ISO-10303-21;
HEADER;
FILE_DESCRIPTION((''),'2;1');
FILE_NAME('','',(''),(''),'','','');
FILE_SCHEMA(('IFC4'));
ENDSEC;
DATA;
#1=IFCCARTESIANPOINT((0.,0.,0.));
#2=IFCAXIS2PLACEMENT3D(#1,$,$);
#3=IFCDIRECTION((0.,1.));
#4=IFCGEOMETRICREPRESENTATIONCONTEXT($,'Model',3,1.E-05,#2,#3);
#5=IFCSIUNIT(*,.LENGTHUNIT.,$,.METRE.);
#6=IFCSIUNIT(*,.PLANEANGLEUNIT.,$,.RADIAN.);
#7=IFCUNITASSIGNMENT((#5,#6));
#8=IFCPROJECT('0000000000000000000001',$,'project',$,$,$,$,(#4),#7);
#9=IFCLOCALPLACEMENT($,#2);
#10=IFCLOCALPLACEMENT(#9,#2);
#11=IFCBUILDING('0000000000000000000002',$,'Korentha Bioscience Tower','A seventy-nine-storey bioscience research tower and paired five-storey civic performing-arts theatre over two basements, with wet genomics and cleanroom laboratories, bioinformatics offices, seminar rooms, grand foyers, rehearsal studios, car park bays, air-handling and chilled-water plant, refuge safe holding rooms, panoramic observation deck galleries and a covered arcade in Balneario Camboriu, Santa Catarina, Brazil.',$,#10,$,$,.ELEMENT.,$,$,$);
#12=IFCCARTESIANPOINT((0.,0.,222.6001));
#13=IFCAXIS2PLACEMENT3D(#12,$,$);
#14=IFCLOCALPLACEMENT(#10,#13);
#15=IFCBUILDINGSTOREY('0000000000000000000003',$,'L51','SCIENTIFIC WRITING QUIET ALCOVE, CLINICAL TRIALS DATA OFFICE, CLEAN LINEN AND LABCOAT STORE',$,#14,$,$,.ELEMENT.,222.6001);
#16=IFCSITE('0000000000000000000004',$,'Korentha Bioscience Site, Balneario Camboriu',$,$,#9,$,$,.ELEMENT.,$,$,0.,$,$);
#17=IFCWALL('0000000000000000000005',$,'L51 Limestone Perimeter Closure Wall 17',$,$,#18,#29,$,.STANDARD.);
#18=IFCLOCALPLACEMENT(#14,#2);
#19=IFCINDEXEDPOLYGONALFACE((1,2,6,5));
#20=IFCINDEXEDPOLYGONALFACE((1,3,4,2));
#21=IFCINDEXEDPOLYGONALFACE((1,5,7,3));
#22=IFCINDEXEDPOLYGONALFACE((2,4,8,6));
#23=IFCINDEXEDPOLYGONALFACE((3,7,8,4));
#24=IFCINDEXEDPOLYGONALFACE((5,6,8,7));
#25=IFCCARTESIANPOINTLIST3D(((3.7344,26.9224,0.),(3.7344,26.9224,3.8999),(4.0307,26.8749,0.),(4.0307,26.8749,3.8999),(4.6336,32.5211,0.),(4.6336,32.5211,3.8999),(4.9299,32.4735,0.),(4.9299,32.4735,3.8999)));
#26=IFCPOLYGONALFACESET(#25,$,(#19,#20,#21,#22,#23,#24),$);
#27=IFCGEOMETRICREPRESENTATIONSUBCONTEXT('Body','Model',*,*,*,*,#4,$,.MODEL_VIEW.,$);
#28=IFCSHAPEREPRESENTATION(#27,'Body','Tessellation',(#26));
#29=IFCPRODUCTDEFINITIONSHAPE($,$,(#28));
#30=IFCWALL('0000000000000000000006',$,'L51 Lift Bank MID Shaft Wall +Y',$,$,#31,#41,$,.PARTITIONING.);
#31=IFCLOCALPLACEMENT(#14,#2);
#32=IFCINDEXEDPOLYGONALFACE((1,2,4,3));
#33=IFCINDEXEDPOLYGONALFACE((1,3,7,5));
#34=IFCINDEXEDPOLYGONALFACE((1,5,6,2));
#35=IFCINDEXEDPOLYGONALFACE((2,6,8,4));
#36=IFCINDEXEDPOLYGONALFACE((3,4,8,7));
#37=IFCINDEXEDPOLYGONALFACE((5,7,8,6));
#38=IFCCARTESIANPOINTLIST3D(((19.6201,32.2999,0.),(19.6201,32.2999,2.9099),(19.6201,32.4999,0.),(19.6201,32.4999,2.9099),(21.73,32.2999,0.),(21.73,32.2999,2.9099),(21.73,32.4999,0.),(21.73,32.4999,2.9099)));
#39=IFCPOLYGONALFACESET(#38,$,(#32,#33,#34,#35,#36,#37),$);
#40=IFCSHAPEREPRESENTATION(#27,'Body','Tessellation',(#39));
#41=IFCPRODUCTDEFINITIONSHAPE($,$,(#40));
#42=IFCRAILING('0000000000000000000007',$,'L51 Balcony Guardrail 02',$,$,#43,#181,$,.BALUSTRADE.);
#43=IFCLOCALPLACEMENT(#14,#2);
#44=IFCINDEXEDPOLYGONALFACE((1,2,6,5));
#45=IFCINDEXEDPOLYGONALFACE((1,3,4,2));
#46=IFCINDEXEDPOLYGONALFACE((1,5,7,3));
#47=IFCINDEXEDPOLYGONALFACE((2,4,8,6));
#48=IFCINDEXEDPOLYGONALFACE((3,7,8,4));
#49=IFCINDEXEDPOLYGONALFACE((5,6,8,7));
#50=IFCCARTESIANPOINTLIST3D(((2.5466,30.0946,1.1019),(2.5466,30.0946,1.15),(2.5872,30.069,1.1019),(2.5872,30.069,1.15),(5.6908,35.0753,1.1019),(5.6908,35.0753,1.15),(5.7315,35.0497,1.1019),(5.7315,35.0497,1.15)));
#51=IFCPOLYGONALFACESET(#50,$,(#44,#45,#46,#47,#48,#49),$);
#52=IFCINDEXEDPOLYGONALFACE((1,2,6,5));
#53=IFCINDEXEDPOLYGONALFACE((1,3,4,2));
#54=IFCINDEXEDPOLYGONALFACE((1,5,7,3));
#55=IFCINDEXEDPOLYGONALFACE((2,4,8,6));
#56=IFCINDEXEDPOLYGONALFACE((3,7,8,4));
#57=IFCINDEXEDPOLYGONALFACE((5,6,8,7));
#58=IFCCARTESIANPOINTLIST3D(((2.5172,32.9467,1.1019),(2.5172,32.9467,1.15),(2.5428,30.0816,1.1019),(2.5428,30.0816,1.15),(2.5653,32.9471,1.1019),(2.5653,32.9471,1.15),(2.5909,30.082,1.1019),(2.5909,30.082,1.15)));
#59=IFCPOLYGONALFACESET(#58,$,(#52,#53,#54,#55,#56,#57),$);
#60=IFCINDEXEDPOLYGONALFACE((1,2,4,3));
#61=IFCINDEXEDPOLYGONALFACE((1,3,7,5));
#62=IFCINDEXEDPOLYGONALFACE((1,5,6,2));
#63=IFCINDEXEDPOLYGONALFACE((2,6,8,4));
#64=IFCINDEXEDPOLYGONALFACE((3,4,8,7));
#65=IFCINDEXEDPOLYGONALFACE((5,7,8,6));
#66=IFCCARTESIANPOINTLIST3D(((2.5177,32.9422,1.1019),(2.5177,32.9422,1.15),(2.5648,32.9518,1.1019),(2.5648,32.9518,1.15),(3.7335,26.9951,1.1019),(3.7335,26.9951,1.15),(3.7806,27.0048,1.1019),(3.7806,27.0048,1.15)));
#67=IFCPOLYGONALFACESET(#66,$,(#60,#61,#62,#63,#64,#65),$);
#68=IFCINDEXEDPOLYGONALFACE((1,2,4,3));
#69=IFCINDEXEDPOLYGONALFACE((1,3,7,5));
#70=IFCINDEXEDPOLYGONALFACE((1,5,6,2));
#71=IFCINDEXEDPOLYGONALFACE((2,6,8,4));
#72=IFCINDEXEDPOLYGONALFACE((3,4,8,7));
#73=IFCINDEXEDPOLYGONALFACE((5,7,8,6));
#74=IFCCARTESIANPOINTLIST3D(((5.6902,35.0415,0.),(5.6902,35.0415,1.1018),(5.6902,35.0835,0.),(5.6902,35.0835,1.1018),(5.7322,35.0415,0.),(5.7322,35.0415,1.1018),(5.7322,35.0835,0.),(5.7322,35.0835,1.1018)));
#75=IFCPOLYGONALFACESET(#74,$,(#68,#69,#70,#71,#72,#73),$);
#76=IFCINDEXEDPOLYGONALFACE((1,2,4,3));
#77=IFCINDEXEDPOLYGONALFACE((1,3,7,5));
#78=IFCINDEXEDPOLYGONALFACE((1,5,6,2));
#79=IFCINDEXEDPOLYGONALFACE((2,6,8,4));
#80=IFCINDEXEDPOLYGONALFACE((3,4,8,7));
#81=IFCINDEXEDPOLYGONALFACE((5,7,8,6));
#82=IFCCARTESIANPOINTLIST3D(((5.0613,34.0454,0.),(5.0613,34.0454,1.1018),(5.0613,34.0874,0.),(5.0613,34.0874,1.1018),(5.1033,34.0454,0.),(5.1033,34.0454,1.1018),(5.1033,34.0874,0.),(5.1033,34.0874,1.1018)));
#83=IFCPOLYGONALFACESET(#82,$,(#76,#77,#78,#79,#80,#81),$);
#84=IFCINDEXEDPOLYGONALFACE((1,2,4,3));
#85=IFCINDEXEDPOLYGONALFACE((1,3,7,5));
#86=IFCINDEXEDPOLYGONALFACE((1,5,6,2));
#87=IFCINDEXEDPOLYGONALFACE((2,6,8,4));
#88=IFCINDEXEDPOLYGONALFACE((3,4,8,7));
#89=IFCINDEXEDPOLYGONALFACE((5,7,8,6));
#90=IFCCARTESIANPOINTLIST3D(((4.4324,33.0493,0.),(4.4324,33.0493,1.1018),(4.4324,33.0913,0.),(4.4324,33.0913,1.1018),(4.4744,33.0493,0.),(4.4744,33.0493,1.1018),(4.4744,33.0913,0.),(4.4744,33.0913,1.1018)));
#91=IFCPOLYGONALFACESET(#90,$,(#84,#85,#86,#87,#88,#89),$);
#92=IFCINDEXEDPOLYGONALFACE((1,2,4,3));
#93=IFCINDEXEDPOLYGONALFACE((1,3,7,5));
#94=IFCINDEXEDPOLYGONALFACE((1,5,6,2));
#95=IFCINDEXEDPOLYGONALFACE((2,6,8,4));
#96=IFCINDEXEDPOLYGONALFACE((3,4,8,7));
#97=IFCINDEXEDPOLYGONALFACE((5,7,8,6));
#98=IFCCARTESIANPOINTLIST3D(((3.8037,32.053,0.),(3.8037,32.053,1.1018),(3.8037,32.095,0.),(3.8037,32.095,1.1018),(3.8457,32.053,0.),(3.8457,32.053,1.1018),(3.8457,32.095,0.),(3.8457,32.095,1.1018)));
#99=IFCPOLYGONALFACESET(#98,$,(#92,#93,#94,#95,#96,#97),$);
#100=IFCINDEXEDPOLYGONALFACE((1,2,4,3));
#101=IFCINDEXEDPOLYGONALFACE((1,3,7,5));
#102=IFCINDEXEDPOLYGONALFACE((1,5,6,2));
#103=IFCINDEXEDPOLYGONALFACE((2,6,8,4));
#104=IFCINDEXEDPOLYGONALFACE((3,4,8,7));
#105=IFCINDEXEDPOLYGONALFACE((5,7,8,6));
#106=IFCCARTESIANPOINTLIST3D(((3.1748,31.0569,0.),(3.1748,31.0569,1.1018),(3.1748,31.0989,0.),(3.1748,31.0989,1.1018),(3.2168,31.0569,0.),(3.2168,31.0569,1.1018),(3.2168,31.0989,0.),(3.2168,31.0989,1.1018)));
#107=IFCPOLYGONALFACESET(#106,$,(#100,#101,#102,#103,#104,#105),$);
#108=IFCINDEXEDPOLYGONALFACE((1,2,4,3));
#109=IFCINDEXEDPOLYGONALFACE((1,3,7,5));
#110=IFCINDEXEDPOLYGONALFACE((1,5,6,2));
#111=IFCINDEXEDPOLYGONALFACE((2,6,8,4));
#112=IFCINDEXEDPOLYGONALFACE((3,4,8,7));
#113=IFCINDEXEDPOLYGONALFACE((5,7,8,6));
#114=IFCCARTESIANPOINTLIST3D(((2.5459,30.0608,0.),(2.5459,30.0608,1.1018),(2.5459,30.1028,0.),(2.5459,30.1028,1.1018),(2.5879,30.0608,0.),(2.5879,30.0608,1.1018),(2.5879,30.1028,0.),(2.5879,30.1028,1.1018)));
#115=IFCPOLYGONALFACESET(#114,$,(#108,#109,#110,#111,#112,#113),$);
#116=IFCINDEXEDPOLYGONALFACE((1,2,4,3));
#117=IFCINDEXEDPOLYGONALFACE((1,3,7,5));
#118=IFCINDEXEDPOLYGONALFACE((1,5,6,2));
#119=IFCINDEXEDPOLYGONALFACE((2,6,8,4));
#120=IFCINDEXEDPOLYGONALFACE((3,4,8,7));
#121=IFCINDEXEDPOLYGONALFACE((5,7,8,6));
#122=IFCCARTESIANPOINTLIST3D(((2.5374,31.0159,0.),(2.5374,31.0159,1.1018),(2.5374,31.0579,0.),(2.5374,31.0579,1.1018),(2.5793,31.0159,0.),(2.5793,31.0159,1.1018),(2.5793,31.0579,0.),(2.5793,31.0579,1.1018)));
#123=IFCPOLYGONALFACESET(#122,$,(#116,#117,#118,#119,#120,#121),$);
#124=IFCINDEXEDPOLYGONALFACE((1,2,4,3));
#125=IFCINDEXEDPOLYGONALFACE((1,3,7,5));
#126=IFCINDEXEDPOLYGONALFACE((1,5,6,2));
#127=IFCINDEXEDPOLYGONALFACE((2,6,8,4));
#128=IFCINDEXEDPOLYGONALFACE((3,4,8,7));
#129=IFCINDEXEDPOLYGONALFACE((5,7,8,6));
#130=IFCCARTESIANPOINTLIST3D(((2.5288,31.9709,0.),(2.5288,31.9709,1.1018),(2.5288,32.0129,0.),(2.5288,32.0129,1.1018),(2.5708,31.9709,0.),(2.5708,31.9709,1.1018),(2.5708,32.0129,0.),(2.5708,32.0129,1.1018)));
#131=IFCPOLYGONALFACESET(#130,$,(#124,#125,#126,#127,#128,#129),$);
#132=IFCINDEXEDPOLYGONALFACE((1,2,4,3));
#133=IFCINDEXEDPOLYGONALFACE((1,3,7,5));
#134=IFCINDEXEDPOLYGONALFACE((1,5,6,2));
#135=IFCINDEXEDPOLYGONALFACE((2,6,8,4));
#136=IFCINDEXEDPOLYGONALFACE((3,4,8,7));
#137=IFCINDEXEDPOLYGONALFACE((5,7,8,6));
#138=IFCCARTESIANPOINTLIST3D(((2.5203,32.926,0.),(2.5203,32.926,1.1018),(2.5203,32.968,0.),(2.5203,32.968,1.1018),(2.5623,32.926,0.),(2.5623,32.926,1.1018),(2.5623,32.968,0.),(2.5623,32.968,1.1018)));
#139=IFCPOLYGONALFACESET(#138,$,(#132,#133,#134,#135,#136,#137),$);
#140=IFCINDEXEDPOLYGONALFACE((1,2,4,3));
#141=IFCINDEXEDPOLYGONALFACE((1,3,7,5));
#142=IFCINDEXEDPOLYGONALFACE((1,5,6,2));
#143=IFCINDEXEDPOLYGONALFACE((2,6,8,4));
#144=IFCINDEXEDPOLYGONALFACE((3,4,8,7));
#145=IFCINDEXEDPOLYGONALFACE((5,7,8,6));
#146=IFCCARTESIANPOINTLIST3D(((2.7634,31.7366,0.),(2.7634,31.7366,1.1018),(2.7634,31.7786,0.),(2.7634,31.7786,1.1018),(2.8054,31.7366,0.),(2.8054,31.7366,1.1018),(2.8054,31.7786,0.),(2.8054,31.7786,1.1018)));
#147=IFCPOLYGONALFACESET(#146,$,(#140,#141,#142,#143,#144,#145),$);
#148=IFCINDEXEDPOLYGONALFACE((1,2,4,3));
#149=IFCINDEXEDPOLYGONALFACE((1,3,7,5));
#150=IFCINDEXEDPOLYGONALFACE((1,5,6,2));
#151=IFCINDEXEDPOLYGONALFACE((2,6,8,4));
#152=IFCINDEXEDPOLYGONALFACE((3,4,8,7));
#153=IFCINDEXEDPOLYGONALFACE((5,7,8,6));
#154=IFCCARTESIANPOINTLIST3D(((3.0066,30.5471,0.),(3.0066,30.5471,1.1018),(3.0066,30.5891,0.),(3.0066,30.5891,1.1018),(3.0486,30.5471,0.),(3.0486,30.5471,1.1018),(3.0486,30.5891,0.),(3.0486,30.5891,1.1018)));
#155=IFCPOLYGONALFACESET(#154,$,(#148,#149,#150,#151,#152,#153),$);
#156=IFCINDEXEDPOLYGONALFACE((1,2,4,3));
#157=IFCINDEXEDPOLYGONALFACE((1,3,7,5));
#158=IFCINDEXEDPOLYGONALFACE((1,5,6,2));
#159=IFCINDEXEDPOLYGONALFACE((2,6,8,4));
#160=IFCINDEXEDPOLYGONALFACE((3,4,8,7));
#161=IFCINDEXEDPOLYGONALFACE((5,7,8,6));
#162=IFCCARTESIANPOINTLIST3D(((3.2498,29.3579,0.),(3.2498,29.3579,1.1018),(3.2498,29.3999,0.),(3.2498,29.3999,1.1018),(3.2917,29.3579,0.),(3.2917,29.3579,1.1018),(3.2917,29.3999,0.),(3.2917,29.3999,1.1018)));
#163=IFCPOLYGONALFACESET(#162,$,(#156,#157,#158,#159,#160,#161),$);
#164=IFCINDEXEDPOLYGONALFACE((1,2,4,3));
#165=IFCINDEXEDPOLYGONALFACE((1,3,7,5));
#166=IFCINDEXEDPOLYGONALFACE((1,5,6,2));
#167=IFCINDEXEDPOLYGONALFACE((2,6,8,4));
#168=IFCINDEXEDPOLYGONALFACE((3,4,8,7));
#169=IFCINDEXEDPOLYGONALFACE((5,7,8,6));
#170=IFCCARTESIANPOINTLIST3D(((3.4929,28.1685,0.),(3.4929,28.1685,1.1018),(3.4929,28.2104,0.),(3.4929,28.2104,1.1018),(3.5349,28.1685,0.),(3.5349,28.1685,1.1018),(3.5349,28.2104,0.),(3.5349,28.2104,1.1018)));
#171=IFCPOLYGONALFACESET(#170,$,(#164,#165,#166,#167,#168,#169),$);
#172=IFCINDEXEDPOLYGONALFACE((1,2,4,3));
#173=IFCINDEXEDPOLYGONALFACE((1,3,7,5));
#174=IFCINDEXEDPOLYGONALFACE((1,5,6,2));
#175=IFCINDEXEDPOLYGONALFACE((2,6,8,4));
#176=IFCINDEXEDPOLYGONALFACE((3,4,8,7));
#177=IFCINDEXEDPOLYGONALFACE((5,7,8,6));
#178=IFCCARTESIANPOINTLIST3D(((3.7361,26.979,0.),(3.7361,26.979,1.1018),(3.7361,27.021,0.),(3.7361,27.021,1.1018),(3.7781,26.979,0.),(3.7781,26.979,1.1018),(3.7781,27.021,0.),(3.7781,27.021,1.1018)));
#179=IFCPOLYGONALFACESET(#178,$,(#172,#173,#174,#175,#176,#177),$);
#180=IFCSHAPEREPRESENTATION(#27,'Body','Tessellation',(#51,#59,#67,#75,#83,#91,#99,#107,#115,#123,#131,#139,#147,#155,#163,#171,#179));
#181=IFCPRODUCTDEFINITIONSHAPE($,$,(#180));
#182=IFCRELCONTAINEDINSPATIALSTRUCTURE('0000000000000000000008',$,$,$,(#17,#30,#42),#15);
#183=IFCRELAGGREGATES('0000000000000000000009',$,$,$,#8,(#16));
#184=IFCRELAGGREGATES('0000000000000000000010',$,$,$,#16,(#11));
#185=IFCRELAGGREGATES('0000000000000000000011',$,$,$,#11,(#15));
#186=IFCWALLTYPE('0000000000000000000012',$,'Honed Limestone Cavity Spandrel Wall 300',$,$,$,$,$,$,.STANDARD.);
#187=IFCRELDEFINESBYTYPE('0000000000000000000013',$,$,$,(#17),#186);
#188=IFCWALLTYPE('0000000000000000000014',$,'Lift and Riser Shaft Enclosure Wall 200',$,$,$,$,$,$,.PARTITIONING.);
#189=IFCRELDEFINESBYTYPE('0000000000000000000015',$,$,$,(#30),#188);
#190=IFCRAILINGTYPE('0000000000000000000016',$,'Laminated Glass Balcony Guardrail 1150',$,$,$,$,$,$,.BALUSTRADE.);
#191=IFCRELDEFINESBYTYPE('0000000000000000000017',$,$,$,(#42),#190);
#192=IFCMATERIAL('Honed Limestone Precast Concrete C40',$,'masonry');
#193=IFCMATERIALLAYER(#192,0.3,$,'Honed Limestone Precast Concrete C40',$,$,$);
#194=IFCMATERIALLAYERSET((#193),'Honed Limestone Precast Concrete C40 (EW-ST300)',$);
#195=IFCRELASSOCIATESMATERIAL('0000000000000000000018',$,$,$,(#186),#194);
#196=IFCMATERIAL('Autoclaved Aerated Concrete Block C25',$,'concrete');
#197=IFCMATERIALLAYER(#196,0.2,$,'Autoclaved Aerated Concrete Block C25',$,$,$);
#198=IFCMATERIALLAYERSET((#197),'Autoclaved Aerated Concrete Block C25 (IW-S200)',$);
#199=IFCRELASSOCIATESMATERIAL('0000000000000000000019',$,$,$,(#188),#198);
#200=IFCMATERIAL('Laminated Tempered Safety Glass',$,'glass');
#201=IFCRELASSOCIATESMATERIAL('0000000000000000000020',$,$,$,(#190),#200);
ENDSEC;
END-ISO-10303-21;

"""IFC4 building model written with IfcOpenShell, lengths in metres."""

from ifc_helpers import new_model, si_unit, direction, frame, frame_2d, origin, origin_2d, place, context, subcontext, project, spatial, rectangle, extrude, material, layer, layer_set, type_object, element, save


model = new_model("IFC4")

# Units and contexts
model_context = context("Model", 3, precision=1e-05, world=origin(), true_north=direction((0.0, 1.0)))
body_context = subcontext(model_context, "Body", "Model", "MODEL_VIEW")
ifc_project = project(units=[si_unit("LENGTHUNIT", "METRE"), si_unit("PLANEANGLEUNIT", "RADIAN")], contexts=[model_context])

# Site, building, storey
site_placement = place(None, origin())
site = spatial("IfcSite", under=ifc_project, at=site_placement, Name="Korentha Bioscience Site, Balneario Camboriu", CompositionType="ELEMENT", RefElevation=0.0)
building_placement = place(site_placement, origin())
building = spatial("IfcBuilding", under=site, at=building_placement, Name="Korentha Bioscience Tower", Description="A seventy-nine-storey bioscience research tower and paired five-storey civic performing-arts theatre over two basements, with wet genomics and cleanroom laboratories, bioinformatics offices, seminar rooms, grand foyers, rehearsal studios, car park bays, air-handling and chilled-water plant, refuge safe holding rooms, panoramic observation deck galleries and a covered arcade in Balneario Camboriu, Santa Catarina, Brazil.", CompositionType="ELEMENT")
storey_placement = place(building_placement, frame((0.0, 0.0, 222.6001)))
storey = spatial("IfcBuildingStorey", under=building, at=storey_placement, Name="L51", Description="SCIENTIFIC WRITING QUIET ALCOVE, CLINICAL TRIALS DATA OFFICE, CLEAN LINEN AND LABCOAT STORE", CompositionType="ELEMENT", Elevation=222.6001)

# Shared definitions
ifc_material_1 = material(Name="Honed Limestone Precast Concrete C40", Category="masonry")
ifc_layer_1 = layer(ifc_material_1, 0.3, Name="Honed Limestone Precast Concrete C40")
ifc_layer_set_1 = layer_set([ifc_layer_1], Name="Honed Limestone Precast Concrete C40 (EW-ST300)")
wall_type_1 = type_object("IfcWallType", Name="Honed Limestone Cavity Spandrel Wall 300", PredefinedType="STANDARD", material=ifc_layer_set_1)

# Walls
wall_1_placement = place(storey_placement, frame((4.7817, 32.4973, 0.0), z_axis=(0.0, 0.0, 1.0), x_axis=(-0.158573, -0.987347, 0.0)))
element("IfcWall", 1, at=wall_1_placement, inside=storey, type_object=wall_type_1, Name="L51 Limestone Perimeter Closure Wall 17", PredefinedType="STANDARD", context=body_context, shape_type="SweptSolid", body=[
    extrude(rectangle(XDim=5.6704, YDim=0.3, at=frame_2d((2.8352, 0.0))), origin(), (0.0, 0.0, 1.0), 3.8999),
])
ifc_material_2 = material(Name="Autoclaved Aerated Concrete Block C25", Category="concrete")
ifc_layer_2 = layer(ifc_material_2, 0.2, Name="Autoclaved Aerated Concrete Block C25")
ifc_layer_set_2 = layer_set([ifc_layer_2], Name="Autoclaved Aerated Concrete Block C25 (IW-S200)")
wall_type_2 = type_object("IfcWallType", Name="Lift and Riser Shaft Enclosure Wall 200", PredefinedType="PARTITIONING", material=ifc_layer_set_2)
wall_2_placement = place(storey_placement, frame((19.6201, 32.3999, 0.0), z_axis=(0.0, 0.0, 1.0), x_axis=(1.0, 0.0, 0.0)))
element("IfcWall", 2, at=wall_2_placement, inside=storey, type_object=wall_type_2, Name="L51 Lift Bank MID Shaft Wall +Y", PredefinedType="PARTITIONING", context=body_context, shape_type="SweptSolid", body=[
    extrude(rectangle(XDim=2.1099, YDim=0.2, at=frame_2d((1.0549, 0.0))), origin(), (0.0, 0.0, 1.0), 2.9099),
])

# Railing
ifc_material_3 = material(Name="Laminated Tempered Safety Glass", Category="glass")
railing_type = type_object("IfcRailingType", Name="Laminated Glass Balcony Guardrail 1150", PredefinedType="BALUSTRADE", material=ifc_material_3)
railing_placement = place(storey_placement, frame((5.7112, 35.0625, 0.0)))
element("IfcRailing", 3, at=railing_placement, inside=storey, type_object=railing_type, Name="L51 Balcony Guardrail 02", PredefinedType="BALUSTRADE", context=body_context, shape_type="SweptSolid", body=[
    extrude(rectangle(XDim=0.0481, YDim=0.0481, at=origin_2d()), frame((0.0, 0.0, 1.126), z_axis=(-0.53382, -0.845598, 0.0), x_axis=(0.845598, -0.53382, 0.0)), (0.0, 0.0, 1.0), 5.8901),
    extrude(rectangle(XDim=0.0481, YDim=0.0481, at=origin_2d()), frame((-3.1443, -4.9807, 1.126), z_axis=(-0.008946, 0.99996, 0.0), x_axis=(-0.99996, -0.008946, 0.0)), (0.0, 0.0, 1.0), 2.8652),
    extrude(rectangle(XDim=0.0481, YDim=0.0481, at=origin_2d()), frame((-3.1699, -2.1155, 1.126), z_axis=(0.200299, -0.979735, 0.0), x_axis=(0.979735, 0.200299, 0.0)), (0.0, 0.0, 1.0), 6.0701),
    extrude(rectangle(XDim=0.042, YDim=0.042, at=origin_2d()), origin(), (0.0, 0.0, 1.0), 1.1018),
    extrude(rectangle(XDim=0.042, YDim=0.042, at=origin_2d()), frame((-0.6289, -0.9961, 0.0)), (0.0, 0.0, 1.0), 1.1018),
    extrude(rectangle(XDim=0.042, YDim=0.042, at=origin_2d()), frame((-1.2578, -1.9922, 0.0)), (0.0, 0.0, 1.0), 1.1018),
    extrude(rectangle(XDim=0.042, YDim=0.042, at=origin_2d()), frame((-1.8865, -2.9885, 0.0)), (0.0, 0.0, 1.0), 1.1018),
    extrude(rectangle(XDim=0.042, YDim=0.042, at=origin_2d()), frame((-2.5154, -3.9846, 0.0)), (0.0, 0.0, 1.0), 1.1018),
    extrude(rectangle(XDim=0.042, YDim=0.042, at=origin_2d()), frame((-3.1443, -4.9807, 0.0)), (0.0, 0.0, 1.0), 1.1018),
    extrude(rectangle(XDim=0.042, YDim=0.042, at=origin_2d()), frame((-3.1528, -4.0256, 0.0)), (0.0, 0.0, 1.0), 1.1018),
    extrude(rectangle(XDim=0.042, YDim=0.042, at=origin_2d()), frame((-3.1614, -3.0706, 0.0)), (0.0, 0.0, 1.0), 1.1018),
    extrude(rectangle(XDim=0.042, YDim=0.042, at=origin_2d()), frame((-3.1699, -2.1155, 0.0)), (0.0, 0.0, 1.0), 1.1018),
    extrude(rectangle(XDim=0.042, YDim=0.042, at=origin_2d()), frame((-2.9268, -3.3049, 0.0)), (0.0, 0.0, 1.0), 1.1018),
    extrude(rectangle(XDim=0.042, YDim=0.042, at=origin_2d()), frame((-2.6836, -4.4944, 0.0)), (0.0, 0.0, 1.0), 1.1018),
    extrude(rectangle(XDim=0.042, YDim=0.042, at=origin_2d()), frame((-2.4404, -5.6836, 0.0)), (0.0, 0.0, 1.0), 1.1018),
    extrude(rectangle(XDim=0.042, YDim=0.042, at=origin_2d()), frame((-2.1973, -6.873, 0.0)), (0.0, 0.0, 1.0), 1.1018),
    extrude(rectangle(XDim=0.042, YDim=0.042, at=origin_2d()), frame((-1.9541, -8.0625, 0.0)), (0.0, 0.0, 1.0), 1.1018),
])

save(model, "model.ifc")
